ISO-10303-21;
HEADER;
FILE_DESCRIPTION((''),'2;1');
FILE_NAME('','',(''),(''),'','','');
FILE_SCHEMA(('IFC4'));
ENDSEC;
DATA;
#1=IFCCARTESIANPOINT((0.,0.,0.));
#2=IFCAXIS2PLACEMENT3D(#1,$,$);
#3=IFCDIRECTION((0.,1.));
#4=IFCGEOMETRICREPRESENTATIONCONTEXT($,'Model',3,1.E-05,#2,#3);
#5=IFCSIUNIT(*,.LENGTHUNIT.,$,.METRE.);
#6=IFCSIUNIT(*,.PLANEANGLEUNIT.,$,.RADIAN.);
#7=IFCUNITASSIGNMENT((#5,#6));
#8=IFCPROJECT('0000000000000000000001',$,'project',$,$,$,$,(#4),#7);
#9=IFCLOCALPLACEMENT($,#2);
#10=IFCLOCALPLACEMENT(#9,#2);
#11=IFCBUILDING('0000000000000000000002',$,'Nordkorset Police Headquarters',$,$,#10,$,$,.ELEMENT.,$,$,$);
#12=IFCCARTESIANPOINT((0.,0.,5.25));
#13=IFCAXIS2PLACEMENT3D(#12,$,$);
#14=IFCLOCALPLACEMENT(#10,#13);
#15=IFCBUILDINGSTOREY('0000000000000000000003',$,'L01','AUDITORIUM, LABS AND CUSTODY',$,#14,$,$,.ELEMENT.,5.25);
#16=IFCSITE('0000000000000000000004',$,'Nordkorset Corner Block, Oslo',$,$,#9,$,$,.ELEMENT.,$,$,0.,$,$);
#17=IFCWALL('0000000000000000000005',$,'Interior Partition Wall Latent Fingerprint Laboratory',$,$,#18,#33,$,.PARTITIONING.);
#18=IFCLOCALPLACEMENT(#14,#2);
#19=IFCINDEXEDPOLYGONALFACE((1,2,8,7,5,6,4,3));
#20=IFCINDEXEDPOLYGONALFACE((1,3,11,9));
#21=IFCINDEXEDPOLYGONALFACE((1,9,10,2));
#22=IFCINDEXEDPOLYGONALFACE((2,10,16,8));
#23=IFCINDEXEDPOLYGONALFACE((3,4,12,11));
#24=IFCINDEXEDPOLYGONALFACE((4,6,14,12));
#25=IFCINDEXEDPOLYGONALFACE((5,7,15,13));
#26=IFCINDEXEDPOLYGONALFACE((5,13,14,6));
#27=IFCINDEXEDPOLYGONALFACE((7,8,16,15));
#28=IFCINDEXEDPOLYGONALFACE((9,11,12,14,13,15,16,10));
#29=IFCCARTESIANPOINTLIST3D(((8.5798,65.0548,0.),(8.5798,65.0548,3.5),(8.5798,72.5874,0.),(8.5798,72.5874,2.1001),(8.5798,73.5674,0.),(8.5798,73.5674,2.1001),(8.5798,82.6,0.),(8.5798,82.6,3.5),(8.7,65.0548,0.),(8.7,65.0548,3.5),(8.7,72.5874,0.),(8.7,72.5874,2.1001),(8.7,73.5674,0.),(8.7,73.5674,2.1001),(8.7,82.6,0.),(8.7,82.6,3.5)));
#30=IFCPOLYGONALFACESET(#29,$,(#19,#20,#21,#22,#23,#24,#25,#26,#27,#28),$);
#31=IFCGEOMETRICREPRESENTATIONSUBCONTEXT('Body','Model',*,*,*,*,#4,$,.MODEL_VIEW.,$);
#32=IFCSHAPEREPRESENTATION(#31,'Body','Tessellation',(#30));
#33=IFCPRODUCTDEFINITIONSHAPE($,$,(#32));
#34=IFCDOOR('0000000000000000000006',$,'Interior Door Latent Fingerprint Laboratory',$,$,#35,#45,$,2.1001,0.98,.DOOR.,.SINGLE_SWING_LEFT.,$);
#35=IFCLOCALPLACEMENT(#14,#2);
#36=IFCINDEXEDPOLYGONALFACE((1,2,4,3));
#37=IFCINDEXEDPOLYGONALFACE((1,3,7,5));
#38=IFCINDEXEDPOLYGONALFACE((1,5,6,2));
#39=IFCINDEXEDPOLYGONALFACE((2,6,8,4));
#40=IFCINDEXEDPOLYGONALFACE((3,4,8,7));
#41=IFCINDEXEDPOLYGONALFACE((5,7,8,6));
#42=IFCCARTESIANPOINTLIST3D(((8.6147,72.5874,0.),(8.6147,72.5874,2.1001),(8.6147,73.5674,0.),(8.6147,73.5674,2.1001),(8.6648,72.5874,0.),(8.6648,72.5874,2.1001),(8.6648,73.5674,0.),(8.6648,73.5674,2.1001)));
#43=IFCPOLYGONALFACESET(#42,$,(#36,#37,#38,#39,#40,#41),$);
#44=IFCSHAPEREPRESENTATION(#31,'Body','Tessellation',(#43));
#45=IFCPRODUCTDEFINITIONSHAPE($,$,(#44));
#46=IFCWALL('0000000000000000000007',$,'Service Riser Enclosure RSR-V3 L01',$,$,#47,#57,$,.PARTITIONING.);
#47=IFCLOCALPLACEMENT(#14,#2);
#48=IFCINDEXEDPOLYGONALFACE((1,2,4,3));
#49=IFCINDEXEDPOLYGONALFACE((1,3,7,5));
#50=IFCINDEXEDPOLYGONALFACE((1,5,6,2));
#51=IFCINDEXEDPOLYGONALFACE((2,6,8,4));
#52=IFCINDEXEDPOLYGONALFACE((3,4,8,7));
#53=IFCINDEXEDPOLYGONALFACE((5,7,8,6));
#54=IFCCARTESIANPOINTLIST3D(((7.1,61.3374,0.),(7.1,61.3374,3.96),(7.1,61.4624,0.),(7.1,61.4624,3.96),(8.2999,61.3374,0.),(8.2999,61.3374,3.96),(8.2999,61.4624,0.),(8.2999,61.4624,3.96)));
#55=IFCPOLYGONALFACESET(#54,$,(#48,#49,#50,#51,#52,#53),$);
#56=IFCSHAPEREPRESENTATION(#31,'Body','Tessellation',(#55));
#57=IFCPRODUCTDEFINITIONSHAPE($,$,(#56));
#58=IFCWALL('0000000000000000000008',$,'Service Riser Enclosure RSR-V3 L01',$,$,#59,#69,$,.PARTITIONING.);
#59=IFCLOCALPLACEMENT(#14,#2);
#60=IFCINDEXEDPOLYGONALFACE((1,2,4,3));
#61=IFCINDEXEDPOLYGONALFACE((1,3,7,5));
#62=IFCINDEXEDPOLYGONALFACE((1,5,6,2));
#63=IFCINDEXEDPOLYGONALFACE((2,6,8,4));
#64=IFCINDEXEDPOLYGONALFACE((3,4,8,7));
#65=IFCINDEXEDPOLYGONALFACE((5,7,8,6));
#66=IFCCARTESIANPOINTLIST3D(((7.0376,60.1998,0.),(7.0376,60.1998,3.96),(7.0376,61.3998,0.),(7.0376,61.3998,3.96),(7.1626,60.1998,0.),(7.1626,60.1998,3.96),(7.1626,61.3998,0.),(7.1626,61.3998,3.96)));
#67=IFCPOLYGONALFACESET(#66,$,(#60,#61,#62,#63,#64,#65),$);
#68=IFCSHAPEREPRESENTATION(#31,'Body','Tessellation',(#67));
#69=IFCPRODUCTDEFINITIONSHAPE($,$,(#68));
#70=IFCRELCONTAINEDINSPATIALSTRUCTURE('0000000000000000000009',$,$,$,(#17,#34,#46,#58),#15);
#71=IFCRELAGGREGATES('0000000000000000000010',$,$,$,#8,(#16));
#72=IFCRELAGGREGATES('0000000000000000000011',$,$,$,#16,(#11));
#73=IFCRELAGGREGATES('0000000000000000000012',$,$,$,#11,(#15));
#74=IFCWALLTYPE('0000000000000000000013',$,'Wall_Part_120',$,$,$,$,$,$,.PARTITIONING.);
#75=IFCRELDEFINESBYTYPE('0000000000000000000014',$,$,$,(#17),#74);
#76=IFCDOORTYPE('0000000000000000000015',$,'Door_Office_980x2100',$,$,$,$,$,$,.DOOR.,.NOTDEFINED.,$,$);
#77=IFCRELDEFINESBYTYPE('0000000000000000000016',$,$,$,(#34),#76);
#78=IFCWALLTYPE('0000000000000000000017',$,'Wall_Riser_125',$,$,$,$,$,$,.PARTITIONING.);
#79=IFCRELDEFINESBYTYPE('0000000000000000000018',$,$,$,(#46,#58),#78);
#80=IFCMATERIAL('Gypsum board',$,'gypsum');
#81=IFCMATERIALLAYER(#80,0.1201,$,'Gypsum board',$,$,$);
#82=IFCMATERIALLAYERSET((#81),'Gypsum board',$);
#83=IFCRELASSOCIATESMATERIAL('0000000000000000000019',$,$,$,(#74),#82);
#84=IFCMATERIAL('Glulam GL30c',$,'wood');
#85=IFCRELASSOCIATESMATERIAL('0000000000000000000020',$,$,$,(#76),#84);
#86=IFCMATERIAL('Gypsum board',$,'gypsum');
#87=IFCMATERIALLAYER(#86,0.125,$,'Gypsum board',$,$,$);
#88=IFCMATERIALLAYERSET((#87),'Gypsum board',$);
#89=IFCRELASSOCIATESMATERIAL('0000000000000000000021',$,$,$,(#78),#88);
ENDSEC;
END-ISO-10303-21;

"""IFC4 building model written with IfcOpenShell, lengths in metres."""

from ifc_helpers import new_model, si_unit, direction, frame, frame_2d, origin, place, context, subcontext, project, spatial, rectangle, extrude, material, layer, layer_set, type_object, element, fill, save


model = new_model("IFC4")

# Units and contexts
model_context = context("Model", 3, precision=1e-05, world=origin(), true_north=direction((0.0, 1.0)))
body_context = subcontext(model_context, "Body", "Model", "MODEL_VIEW")
ifc_project = project(units=[si_unit("LENGTHUNIT", "METRE"), si_unit("PLANEANGLEUNIT", "RADIAN")], contexts=[model_context])

# Site, building, storey
site_placement = place(None, origin())
site = spatial("IfcSite", under=ifc_project, at=site_placement, Name="Nordkorset Corner Block, Oslo", CompositionType="ELEMENT", RefElevation=0.0)
building_placement = place(site_placement, origin())
building = spatial("IfcBuilding", under=site, at=building_placement, Name="Nordkorset Police Headquarters", CompositionType="ELEMENT")
storey_placement = place(building_placement, frame((0.0, 0.0, 5.25)))
storey = spatial("IfcBuildingStorey", under=building, at=storey_placement, Name="L01", Description="AUDITORIUM, LABS AND CUSTODY", CompositionType="ELEMENT", Elevation=5.25)

# Shared definitions
ifc_material_1 = material(Name="Gypsum board", Category="gypsum")
ifc_layer_1 = layer(ifc_material_1, 0.1201, Name="Gypsum board")
ifc_layer_set_1 = layer_set([ifc_layer_1], Name="Gypsum board")
wall_type_1 = type_object("IfcWallType", Name="Wall_Part_120", PredefinedType="PARTITIONING", material=ifc_layer_set_1)

# Wall, opening, door
wall_1_placement = place(storey_placement, frame((8.6399, 65.0549, 0.0), z_axis=(0.0, 0.0, 1.0), x_axis=(0.0, 1.0, 0.0)))
wall_1 = element("IfcWall", 1, at=wall_1_placement, inside=storey, type_object=wall_type_1, Name="Interior Partition Wall Latent Fingerprint Laboratory", PredefinedType="PARTITIONING", context=body_context, shape_type="SweptSolid", body=[
    extrude(rectangle(XDim=17.5452, YDim=0.1201, at=frame_2d((8.7725, 0.0))), origin(), (0.0, 0.0, 1.0), 3.5),
])
opening_placement = place(wall_1_placement, frame((7.5325, 0.0, 0.0)))
opening = element("IfcOpeningElement", 2, at=opening_placement, cuts=wall_1, PredefinedType="OPENING", context=body_context, shape_type="SweptSolid", body=[
    extrude(rectangle(XDim=0.98, YDim=2.1001, at=frame_2d((0.49, 1.05))), frame((0.0, 0.0701, 0.0), z_axis=(0.0, -1.0, 0.0), x_axis=(1.0, 0.0, 0.0)), (0.0, 0.0, 1.0), 0.1401),
])
ifc_material_2 = material(Name="Glulam GL30c", Category="wood")
door_type = type_object("IfcDoorType", Name="Door_Office_980x2100", OperationType="NOTDEFINED", PredefinedType="DOOR", material=ifc_material_2)
door_placement = place(opening_placement, frame((0.98, 0.0, 0.0), z_axis=(0.0, 0.0, 1.0), x_axis=(-1.0, 0.0, 0.0)))
door = element("IfcDoor", 3, at=door_placement, inside=storey, type_object=door_type, Name="Interior Door Latent Fingerprint Laboratory", OperationType="SINGLE_SWING_LEFT", OverallHeight=2.1001, OverallWidth=0.98, PredefinedType="DOOR", context=body_context, shape_type="SweptSolid", body=[
    extrude(rectangle(XDim=0.98, YDim=2.1001, at=frame_2d((0.49, 1.05))), frame((0.0, 0.0249, 0.0), z_axis=(0.0, -1.0, 0.0), x_axis=(1.0, 0.0, 0.0)), (0.0, 0.0, 1.0), 0.05),
])
fill(opening, door)

# Walls
ifc_material_3 = material(Name="Gypsum board", Category="gypsum")
ifc_layer_2 = layer(ifc_material_3, 0.125, Name="Gypsum board")
ifc_layer_set_2 = layer_set([ifc_layer_2], Name="Gypsum board")
wall_type_2 = type_object("IfcWallType", Name="Wall_Riser_125", PredefinedType="PARTITIONING", material=ifc_layer_set_2)
for number, where, z_axis, x_axis, name in (
    (4, (8.3, 61.3999, 0.0), (0.0, 0.0, 1.0), (-1.0, 0.0, 0.0), "Service Riser Enclosure RSR-V3 L01"),
    (5, (7.1001, 61.3999, 0.0), (0.0, 0.0, 1.0), (0.0, -1.0, 0.0), "Service Riser Enclosure RSR-V3 L01"),
):
    element("IfcWall", number, at=place(storey_placement, frame(where, z_axis=z_axis, x_axis=x_axis)), inside=storey, type_object=wall_type_2, Name=name, PredefinedType="PARTITIONING", context=body_context, shape_type="SweptSolid", body=[
        extrude(rectangle(XDim=1.2, YDim=0.125, at=frame_2d((0.6001, 0.0))), origin(), (0.0, 0.0, 1.0), 3.96),
    ])

save(model, "model.ifc")
